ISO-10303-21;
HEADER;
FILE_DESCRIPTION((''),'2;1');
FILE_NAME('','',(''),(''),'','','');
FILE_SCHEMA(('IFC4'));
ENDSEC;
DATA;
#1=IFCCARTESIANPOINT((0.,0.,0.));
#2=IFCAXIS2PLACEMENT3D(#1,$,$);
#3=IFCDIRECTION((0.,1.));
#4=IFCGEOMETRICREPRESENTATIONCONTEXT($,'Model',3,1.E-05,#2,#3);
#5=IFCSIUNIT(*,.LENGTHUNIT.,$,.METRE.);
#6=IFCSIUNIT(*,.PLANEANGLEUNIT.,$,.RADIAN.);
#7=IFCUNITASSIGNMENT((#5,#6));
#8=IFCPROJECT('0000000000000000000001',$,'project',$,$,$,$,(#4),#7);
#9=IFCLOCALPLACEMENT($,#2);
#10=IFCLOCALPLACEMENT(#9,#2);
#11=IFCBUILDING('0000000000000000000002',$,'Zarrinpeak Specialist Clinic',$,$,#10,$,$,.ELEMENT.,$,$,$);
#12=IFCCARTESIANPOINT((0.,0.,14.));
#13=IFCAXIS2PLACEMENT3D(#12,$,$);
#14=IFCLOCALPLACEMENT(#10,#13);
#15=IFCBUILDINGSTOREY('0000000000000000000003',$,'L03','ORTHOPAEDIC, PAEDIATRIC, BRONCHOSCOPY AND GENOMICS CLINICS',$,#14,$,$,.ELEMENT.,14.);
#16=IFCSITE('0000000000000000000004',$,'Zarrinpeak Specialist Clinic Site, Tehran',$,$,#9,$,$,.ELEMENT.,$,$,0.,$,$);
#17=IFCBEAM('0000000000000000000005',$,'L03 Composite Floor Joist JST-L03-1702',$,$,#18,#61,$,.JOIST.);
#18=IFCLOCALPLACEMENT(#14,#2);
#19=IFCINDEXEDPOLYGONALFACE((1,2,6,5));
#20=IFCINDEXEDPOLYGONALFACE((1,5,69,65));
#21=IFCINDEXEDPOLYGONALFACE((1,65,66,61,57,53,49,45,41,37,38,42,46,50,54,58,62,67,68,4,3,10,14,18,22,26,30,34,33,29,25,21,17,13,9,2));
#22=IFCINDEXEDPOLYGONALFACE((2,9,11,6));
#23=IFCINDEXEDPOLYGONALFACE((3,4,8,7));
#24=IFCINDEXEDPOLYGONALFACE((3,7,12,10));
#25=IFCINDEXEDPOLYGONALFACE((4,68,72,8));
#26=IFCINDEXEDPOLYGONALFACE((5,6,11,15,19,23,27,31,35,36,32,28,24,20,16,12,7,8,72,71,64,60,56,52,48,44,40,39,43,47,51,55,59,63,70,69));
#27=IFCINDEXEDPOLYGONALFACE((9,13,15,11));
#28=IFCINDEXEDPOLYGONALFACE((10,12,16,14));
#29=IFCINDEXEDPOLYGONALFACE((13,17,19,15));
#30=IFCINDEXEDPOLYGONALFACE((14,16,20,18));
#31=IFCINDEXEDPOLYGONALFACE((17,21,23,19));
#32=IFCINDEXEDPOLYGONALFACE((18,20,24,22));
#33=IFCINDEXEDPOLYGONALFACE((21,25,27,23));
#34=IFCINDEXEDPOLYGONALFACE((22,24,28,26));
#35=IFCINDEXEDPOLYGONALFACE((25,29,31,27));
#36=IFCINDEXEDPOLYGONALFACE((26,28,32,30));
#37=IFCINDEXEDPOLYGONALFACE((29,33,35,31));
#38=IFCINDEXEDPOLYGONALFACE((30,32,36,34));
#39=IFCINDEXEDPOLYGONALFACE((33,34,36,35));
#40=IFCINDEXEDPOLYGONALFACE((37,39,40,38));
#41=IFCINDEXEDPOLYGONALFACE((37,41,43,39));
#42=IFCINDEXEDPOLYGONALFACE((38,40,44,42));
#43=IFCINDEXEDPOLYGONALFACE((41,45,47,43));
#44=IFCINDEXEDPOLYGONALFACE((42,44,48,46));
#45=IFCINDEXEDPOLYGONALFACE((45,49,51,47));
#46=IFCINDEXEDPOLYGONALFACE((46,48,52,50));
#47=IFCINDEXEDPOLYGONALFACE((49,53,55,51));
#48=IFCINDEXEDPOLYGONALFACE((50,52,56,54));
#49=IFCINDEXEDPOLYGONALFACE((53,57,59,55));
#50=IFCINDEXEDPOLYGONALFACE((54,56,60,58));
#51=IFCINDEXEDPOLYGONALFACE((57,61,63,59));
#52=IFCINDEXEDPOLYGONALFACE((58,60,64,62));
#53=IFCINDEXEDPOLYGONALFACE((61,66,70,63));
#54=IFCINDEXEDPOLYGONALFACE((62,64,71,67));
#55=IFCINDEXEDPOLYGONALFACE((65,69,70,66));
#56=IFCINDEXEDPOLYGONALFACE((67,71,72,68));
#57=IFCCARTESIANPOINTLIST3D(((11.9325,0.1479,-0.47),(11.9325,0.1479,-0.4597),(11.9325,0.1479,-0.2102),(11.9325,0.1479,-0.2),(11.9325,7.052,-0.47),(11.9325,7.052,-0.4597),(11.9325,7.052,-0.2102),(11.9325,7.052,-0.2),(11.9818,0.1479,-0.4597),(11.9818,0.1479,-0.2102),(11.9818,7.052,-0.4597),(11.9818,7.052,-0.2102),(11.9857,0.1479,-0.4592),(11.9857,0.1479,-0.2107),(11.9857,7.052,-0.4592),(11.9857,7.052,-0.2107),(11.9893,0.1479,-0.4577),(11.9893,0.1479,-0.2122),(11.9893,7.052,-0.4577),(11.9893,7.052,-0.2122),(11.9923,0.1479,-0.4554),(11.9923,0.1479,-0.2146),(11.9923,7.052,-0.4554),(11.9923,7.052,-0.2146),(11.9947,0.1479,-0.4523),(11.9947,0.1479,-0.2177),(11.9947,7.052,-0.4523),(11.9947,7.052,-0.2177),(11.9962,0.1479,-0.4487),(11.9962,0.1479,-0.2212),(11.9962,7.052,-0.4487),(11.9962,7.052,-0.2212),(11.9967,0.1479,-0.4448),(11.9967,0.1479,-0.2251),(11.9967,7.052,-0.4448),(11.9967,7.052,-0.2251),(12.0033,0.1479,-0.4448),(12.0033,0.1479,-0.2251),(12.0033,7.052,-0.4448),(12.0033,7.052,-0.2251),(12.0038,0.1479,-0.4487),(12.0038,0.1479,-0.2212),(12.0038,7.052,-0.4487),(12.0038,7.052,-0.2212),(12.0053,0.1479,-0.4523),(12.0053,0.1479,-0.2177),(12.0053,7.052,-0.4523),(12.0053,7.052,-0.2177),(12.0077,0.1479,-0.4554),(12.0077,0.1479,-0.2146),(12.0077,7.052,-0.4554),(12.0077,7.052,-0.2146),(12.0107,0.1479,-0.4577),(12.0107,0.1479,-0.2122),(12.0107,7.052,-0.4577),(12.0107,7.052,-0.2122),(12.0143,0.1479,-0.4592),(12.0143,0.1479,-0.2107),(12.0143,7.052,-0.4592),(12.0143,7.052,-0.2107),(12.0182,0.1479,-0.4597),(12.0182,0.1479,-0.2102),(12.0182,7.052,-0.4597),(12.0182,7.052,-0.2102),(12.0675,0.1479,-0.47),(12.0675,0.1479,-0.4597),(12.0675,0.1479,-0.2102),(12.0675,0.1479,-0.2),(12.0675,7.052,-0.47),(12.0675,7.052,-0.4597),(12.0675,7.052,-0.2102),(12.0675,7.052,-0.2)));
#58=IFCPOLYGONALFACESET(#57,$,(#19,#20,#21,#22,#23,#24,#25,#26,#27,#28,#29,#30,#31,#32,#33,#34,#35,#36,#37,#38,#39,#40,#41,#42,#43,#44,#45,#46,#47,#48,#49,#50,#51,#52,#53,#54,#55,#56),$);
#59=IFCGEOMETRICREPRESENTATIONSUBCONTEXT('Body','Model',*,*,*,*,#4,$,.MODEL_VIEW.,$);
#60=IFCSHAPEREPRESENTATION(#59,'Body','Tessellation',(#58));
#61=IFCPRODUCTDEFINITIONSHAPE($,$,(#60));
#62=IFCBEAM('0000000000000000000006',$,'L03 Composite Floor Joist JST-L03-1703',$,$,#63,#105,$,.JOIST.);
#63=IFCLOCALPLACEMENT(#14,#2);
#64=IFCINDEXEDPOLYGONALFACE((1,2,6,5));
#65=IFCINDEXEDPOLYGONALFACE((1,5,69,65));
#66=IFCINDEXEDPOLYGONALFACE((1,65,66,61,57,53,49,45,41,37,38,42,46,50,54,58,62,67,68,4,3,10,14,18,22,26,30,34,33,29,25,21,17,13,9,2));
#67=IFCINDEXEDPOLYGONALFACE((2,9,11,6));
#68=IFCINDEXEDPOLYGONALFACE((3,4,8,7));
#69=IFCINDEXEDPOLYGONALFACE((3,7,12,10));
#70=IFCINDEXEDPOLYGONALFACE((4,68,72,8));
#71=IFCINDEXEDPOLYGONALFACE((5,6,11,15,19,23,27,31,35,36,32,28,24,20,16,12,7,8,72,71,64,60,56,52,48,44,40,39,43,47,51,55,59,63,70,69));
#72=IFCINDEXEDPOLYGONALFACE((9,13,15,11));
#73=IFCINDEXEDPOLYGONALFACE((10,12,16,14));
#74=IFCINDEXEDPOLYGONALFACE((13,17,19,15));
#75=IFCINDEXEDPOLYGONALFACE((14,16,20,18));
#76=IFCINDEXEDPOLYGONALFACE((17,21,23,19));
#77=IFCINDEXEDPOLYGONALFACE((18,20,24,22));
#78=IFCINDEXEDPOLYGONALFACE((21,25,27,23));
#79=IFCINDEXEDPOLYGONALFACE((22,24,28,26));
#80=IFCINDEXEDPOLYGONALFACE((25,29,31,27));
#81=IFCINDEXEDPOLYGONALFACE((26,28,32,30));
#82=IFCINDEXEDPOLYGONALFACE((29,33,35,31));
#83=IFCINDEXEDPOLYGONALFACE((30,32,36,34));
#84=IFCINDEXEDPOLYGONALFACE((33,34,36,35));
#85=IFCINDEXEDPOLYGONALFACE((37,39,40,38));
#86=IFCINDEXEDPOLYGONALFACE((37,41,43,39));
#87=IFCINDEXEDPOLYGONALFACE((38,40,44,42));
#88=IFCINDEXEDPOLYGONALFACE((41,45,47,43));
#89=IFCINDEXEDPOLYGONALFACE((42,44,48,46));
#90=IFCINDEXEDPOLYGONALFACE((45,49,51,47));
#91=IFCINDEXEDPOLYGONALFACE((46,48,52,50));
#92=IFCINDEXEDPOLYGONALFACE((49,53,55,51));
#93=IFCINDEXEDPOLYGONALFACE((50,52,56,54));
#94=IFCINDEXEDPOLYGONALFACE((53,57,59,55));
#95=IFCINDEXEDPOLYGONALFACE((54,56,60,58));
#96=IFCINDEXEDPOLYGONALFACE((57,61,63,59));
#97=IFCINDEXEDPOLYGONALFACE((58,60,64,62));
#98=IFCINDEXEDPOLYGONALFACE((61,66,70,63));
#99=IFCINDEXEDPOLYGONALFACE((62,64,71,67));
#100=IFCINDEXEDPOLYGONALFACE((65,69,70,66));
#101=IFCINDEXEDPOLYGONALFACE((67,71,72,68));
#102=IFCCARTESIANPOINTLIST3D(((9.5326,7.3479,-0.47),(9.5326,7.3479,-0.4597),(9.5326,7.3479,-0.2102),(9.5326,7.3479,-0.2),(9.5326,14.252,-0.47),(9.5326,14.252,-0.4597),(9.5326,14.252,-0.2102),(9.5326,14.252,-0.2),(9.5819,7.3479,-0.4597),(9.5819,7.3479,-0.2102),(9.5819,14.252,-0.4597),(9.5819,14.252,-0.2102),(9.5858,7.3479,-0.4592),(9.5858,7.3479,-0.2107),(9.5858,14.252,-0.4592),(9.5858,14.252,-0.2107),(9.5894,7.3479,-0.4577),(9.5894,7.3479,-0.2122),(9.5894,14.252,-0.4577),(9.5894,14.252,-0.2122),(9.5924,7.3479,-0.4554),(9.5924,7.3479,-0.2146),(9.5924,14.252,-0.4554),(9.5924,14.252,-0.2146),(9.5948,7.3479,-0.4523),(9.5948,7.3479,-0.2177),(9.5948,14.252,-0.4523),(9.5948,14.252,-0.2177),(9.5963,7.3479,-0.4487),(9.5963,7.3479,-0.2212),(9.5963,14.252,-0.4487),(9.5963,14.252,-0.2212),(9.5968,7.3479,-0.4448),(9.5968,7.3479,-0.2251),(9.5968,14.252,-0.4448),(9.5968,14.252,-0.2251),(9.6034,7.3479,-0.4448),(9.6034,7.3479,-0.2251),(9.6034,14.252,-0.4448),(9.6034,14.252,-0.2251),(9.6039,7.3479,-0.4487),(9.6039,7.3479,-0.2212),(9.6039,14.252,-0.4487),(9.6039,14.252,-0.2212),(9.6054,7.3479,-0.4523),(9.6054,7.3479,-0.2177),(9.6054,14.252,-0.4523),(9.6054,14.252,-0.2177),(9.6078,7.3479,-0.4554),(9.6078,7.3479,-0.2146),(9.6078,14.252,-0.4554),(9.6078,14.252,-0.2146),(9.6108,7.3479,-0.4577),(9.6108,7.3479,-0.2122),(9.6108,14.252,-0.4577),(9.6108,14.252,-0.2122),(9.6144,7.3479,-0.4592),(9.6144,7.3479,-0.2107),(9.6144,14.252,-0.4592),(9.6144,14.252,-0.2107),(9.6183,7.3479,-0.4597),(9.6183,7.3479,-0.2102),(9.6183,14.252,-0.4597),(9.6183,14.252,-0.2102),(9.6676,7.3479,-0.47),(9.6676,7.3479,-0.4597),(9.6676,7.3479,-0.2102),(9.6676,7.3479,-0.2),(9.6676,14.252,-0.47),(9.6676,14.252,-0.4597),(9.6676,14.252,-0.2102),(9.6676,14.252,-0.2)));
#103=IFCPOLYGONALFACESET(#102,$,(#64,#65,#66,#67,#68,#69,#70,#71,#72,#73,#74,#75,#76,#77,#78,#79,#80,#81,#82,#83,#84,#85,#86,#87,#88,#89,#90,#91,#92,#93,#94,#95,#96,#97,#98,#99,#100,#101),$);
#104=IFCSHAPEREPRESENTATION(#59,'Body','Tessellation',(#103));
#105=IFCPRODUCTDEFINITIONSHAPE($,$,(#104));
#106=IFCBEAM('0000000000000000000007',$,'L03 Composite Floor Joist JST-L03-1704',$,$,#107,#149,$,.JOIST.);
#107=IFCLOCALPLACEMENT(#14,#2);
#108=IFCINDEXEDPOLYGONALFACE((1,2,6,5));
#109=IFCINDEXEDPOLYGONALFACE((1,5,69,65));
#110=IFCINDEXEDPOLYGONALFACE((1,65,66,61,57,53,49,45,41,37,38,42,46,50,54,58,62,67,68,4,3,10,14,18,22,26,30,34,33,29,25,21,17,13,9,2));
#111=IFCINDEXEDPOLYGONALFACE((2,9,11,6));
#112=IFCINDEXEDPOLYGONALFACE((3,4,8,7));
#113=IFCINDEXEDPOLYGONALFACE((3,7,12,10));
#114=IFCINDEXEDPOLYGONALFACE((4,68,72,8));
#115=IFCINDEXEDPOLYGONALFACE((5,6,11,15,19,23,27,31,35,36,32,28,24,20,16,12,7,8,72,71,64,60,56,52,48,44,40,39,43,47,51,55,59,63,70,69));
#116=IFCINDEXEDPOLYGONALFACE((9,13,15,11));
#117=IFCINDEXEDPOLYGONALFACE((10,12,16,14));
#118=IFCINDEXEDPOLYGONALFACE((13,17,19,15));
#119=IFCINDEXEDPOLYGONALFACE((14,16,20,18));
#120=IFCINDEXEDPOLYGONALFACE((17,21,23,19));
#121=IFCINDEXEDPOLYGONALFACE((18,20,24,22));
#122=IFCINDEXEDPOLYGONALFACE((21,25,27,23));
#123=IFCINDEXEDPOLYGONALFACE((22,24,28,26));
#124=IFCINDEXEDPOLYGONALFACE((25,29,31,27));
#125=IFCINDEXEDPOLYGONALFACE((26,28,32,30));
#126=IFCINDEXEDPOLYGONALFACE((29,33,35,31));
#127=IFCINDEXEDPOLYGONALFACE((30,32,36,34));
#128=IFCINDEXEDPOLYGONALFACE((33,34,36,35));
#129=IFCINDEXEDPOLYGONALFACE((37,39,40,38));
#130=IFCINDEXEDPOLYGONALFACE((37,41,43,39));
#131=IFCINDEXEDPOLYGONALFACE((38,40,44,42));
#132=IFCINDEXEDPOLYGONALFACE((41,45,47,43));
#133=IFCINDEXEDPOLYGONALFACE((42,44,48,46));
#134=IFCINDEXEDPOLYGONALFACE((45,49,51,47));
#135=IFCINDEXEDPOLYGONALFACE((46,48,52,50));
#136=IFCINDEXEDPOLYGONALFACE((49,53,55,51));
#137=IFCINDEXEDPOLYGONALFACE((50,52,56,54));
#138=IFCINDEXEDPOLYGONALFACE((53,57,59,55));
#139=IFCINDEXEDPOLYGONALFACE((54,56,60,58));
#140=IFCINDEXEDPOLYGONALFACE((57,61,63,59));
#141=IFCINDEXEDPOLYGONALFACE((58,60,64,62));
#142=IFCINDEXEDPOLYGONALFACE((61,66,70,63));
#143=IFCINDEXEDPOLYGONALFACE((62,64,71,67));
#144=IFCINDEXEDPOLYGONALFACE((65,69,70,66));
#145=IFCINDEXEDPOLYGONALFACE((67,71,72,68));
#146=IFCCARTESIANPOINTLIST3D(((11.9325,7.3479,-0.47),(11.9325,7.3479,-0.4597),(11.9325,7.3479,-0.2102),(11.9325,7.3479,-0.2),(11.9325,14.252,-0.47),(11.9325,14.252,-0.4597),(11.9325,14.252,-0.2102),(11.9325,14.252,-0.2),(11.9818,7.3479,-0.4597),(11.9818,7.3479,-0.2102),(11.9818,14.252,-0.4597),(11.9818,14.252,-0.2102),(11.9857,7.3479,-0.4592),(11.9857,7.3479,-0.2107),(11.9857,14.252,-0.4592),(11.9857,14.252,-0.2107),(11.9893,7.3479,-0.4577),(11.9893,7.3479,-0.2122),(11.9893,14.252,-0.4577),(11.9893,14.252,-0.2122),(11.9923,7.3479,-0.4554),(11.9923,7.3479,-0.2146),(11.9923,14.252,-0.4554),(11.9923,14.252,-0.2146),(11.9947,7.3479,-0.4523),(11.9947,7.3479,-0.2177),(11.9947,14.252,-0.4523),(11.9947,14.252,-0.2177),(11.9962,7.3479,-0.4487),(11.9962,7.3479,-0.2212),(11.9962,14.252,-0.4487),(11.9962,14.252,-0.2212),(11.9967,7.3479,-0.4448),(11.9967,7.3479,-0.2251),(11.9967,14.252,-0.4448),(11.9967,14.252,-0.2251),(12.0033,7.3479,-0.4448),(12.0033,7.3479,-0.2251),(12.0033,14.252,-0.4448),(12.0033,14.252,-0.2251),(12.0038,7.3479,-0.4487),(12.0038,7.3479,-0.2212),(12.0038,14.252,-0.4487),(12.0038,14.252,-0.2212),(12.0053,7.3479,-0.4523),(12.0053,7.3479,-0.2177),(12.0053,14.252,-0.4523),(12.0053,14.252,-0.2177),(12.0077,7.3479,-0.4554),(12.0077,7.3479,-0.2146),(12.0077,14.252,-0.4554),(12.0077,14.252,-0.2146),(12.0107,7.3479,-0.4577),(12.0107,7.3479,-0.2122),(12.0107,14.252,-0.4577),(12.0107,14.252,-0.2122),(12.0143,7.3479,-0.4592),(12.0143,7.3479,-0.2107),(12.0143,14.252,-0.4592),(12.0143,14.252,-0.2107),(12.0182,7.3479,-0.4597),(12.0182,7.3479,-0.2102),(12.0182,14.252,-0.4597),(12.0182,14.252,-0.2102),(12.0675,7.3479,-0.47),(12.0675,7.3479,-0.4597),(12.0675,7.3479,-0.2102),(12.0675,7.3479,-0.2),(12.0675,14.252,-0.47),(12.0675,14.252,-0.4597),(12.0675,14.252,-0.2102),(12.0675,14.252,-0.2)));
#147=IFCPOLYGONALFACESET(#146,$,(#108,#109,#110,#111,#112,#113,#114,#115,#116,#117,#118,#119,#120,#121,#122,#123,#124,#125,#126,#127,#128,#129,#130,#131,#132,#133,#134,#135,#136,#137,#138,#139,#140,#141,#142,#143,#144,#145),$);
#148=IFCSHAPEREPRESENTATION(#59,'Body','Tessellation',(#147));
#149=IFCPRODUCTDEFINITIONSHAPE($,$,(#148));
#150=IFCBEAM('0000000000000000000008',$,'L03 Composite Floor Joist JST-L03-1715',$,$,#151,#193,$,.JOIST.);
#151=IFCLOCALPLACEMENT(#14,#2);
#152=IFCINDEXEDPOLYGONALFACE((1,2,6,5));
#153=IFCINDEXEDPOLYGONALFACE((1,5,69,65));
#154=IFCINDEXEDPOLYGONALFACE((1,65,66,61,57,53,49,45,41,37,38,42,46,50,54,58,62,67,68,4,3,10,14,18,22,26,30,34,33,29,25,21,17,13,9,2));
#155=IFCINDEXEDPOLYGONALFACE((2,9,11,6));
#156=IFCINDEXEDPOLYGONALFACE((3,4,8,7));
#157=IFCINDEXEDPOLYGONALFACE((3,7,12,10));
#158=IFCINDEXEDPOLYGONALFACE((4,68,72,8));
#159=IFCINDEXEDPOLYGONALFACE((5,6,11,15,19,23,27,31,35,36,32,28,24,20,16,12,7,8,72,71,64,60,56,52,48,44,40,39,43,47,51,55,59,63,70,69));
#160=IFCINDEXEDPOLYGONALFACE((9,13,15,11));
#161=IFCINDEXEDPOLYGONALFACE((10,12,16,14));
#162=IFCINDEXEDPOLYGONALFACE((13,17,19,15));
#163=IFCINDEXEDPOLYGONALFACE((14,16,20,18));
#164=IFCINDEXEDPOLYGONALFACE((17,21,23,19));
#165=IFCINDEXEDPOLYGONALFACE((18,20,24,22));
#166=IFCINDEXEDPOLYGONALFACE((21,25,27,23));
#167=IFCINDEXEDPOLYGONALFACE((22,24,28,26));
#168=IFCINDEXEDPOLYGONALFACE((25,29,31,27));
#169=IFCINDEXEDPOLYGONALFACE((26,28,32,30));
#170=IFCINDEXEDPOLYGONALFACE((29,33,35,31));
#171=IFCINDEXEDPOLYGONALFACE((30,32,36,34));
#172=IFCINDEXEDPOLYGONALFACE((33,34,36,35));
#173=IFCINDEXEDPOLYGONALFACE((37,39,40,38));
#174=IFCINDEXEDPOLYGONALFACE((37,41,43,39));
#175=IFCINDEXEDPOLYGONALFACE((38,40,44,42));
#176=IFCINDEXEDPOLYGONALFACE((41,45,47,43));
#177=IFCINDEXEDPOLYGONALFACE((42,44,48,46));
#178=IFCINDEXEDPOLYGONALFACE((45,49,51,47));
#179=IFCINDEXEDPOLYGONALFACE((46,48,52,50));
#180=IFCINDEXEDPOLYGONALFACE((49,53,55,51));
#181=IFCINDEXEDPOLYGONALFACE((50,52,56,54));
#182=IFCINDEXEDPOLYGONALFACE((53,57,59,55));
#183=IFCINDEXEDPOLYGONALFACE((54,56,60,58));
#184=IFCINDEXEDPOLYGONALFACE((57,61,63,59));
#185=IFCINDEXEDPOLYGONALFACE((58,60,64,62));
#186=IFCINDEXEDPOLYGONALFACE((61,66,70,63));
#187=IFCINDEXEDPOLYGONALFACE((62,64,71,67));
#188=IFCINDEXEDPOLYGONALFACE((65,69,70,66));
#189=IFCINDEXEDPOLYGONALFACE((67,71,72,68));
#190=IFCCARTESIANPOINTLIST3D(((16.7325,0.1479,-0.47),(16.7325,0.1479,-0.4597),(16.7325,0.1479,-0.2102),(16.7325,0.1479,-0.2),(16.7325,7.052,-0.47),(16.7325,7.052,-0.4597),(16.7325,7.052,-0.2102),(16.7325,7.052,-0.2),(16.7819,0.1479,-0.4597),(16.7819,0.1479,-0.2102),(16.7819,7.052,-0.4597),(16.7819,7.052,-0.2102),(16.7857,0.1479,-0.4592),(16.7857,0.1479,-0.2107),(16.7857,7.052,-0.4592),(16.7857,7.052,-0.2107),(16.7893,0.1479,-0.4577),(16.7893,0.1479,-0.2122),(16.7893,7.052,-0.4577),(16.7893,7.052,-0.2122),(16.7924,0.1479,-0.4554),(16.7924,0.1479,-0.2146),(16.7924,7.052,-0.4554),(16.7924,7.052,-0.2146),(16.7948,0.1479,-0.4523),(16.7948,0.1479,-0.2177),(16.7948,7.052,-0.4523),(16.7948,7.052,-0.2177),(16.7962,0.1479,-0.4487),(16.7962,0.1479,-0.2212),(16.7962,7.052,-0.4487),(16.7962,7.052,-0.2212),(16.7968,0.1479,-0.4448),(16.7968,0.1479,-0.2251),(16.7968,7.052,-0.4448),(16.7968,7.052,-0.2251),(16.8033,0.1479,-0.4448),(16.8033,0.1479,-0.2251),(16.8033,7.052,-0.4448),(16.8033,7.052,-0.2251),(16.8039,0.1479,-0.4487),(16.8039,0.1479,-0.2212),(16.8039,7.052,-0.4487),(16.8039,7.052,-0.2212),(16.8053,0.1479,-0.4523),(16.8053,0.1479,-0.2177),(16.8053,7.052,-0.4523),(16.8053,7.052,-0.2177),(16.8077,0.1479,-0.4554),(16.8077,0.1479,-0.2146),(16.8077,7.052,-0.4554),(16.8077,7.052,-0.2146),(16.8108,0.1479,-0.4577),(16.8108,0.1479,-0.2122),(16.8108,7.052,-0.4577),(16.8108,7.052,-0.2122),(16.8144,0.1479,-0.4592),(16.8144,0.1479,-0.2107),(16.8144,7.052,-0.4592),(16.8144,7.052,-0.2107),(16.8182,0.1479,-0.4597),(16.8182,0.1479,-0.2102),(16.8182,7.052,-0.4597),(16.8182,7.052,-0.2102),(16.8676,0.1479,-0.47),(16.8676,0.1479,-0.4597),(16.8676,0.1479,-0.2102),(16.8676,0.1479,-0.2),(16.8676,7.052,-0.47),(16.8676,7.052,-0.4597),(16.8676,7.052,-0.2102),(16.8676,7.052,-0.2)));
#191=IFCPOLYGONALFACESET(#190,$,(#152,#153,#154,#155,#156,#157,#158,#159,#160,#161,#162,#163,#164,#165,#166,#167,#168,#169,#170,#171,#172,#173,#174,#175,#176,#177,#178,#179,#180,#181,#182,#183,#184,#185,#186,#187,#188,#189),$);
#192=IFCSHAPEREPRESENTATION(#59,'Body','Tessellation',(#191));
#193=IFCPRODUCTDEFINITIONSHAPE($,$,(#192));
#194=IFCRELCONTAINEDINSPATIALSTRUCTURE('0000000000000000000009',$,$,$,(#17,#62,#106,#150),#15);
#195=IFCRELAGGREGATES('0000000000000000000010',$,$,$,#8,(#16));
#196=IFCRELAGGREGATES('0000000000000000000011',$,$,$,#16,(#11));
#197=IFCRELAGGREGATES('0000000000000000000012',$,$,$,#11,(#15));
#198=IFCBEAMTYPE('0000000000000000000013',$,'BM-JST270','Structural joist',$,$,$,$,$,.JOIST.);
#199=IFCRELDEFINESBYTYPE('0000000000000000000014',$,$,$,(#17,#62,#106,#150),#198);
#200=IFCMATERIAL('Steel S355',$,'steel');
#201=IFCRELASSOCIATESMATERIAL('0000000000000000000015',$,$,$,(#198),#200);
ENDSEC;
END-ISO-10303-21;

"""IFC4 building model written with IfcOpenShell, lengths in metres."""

from ifc_helpers import new_model, si_unit, direction, frame, origin, origin_2d, place, context, subcontext, project, spatial, i_section, extrude, material, material_profile, profile_set, type_object, element, save


model = new_model("IFC4")

# Units and contexts
model_context = context("Model", 3, precision=1e-05, world=origin(), true_north=direction((0.0, 1.0)))
body_context = subcontext(model_context, "Body", "Model", "MODEL_VIEW")
ifc_project = project(units=[si_unit("LENGTHUNIT", "METRE"), si_unit("PLANEANGLEUNIT", "RADIAN")], contexts=[model_context])

# Site, building, storey
site_placement = place(None, origin())
site = spatial("IfcSite", under=ifc_project, at=site_placement, Name="Zarrinpeak Specialist Clinic Site, Tehran", CompositionType="ELEMENT", RefElevation=0.0)
building_placement = place(site_placement, origin())
building = spatial("IfcBuilding", under=site, at=building_placement, Name="Zarrinpeak Specialist Clinic", CompositionType="ELEMENT")
storey_placement = place(building_placement, frame((0.0, 0.0, 14.0)))
storey = spatial("IfcBuildingStorey", under=building, at=storey_placement, Name="L03", Description="ORTHOPAEDIC, PAEDIATRIC, BRONCHOSCOPY AND GENOMICS CLINICS", CompositionType="ELEMENT", Elevation=14.0)

# Shared definitions
ifc_material_1 = material(Name="Steel S355", Category="steel")

# Beams
ifc_material_profile_1 = material_profile(ifc_material_1, i_section(OverallWidth=0.135, OverallDepth=0.27, WebThickness=0.0066, FlangeThickness=0.0103, FilletRadius=0.0149, at=origin_2d()), Name="IPE 270")
ifc_profile_set_1 = profile_set([ifc_material_profile_1], Name="Steel S355")
beam_type_1 = type_object("IfcBeamType", Name="BM-JST270", Description="Structural joist", PredefinedType="JOIST", material=ifc_profile_set_1)
for number, where, z_axis, x_axis, name in (
    (1, (12.0, 0.1479, -0.335), (0.0, 1.0, 0.0), (-1.0, 0.0, 0.0), "L03 Composite Floor Joist JST-L03-1702"),
    (2, (9.6001, 7.3479, -0.335), (0.0, 1.0, 0.0), (-1.0, 0.0, 0.0), "L03 Composite Floor Joist JST-L03-1703"),
    (3, (12.0, 7.3479, -0.335), (0.0, 1.0, 0.0), (-1.0, 0.0, 0.0), "L03 Composite Floor Joist JST-L03-1704"),
    (4, (16.8, 0.1479, -0.335), (0.0, 1.0, 0.0), (-1.0, 0.0, 0.0), "L03 Composite Floor Joist JST-L03-1715"),
):
    element("IfcBeam", number, at=place(storey_placement, frame(where, z_axis=z_axis, x_axis=x_axis)), inside=storey, type_object=beam_type_1, Name=name, PredefinedType="JOIST", context=body_context, shape_type="SweptSolid", body=[
        extrude(i_section(OverallWidth=0.135, OverallDepth=0.27, WebThickness=0.0066, FlangeThickness=0.0103, FilletRadius=0.0149, at=origin_2d()), origin(), (0.0, 0.0, 1.0), 6.9041),
    ])

save(model, "model.ifc")
